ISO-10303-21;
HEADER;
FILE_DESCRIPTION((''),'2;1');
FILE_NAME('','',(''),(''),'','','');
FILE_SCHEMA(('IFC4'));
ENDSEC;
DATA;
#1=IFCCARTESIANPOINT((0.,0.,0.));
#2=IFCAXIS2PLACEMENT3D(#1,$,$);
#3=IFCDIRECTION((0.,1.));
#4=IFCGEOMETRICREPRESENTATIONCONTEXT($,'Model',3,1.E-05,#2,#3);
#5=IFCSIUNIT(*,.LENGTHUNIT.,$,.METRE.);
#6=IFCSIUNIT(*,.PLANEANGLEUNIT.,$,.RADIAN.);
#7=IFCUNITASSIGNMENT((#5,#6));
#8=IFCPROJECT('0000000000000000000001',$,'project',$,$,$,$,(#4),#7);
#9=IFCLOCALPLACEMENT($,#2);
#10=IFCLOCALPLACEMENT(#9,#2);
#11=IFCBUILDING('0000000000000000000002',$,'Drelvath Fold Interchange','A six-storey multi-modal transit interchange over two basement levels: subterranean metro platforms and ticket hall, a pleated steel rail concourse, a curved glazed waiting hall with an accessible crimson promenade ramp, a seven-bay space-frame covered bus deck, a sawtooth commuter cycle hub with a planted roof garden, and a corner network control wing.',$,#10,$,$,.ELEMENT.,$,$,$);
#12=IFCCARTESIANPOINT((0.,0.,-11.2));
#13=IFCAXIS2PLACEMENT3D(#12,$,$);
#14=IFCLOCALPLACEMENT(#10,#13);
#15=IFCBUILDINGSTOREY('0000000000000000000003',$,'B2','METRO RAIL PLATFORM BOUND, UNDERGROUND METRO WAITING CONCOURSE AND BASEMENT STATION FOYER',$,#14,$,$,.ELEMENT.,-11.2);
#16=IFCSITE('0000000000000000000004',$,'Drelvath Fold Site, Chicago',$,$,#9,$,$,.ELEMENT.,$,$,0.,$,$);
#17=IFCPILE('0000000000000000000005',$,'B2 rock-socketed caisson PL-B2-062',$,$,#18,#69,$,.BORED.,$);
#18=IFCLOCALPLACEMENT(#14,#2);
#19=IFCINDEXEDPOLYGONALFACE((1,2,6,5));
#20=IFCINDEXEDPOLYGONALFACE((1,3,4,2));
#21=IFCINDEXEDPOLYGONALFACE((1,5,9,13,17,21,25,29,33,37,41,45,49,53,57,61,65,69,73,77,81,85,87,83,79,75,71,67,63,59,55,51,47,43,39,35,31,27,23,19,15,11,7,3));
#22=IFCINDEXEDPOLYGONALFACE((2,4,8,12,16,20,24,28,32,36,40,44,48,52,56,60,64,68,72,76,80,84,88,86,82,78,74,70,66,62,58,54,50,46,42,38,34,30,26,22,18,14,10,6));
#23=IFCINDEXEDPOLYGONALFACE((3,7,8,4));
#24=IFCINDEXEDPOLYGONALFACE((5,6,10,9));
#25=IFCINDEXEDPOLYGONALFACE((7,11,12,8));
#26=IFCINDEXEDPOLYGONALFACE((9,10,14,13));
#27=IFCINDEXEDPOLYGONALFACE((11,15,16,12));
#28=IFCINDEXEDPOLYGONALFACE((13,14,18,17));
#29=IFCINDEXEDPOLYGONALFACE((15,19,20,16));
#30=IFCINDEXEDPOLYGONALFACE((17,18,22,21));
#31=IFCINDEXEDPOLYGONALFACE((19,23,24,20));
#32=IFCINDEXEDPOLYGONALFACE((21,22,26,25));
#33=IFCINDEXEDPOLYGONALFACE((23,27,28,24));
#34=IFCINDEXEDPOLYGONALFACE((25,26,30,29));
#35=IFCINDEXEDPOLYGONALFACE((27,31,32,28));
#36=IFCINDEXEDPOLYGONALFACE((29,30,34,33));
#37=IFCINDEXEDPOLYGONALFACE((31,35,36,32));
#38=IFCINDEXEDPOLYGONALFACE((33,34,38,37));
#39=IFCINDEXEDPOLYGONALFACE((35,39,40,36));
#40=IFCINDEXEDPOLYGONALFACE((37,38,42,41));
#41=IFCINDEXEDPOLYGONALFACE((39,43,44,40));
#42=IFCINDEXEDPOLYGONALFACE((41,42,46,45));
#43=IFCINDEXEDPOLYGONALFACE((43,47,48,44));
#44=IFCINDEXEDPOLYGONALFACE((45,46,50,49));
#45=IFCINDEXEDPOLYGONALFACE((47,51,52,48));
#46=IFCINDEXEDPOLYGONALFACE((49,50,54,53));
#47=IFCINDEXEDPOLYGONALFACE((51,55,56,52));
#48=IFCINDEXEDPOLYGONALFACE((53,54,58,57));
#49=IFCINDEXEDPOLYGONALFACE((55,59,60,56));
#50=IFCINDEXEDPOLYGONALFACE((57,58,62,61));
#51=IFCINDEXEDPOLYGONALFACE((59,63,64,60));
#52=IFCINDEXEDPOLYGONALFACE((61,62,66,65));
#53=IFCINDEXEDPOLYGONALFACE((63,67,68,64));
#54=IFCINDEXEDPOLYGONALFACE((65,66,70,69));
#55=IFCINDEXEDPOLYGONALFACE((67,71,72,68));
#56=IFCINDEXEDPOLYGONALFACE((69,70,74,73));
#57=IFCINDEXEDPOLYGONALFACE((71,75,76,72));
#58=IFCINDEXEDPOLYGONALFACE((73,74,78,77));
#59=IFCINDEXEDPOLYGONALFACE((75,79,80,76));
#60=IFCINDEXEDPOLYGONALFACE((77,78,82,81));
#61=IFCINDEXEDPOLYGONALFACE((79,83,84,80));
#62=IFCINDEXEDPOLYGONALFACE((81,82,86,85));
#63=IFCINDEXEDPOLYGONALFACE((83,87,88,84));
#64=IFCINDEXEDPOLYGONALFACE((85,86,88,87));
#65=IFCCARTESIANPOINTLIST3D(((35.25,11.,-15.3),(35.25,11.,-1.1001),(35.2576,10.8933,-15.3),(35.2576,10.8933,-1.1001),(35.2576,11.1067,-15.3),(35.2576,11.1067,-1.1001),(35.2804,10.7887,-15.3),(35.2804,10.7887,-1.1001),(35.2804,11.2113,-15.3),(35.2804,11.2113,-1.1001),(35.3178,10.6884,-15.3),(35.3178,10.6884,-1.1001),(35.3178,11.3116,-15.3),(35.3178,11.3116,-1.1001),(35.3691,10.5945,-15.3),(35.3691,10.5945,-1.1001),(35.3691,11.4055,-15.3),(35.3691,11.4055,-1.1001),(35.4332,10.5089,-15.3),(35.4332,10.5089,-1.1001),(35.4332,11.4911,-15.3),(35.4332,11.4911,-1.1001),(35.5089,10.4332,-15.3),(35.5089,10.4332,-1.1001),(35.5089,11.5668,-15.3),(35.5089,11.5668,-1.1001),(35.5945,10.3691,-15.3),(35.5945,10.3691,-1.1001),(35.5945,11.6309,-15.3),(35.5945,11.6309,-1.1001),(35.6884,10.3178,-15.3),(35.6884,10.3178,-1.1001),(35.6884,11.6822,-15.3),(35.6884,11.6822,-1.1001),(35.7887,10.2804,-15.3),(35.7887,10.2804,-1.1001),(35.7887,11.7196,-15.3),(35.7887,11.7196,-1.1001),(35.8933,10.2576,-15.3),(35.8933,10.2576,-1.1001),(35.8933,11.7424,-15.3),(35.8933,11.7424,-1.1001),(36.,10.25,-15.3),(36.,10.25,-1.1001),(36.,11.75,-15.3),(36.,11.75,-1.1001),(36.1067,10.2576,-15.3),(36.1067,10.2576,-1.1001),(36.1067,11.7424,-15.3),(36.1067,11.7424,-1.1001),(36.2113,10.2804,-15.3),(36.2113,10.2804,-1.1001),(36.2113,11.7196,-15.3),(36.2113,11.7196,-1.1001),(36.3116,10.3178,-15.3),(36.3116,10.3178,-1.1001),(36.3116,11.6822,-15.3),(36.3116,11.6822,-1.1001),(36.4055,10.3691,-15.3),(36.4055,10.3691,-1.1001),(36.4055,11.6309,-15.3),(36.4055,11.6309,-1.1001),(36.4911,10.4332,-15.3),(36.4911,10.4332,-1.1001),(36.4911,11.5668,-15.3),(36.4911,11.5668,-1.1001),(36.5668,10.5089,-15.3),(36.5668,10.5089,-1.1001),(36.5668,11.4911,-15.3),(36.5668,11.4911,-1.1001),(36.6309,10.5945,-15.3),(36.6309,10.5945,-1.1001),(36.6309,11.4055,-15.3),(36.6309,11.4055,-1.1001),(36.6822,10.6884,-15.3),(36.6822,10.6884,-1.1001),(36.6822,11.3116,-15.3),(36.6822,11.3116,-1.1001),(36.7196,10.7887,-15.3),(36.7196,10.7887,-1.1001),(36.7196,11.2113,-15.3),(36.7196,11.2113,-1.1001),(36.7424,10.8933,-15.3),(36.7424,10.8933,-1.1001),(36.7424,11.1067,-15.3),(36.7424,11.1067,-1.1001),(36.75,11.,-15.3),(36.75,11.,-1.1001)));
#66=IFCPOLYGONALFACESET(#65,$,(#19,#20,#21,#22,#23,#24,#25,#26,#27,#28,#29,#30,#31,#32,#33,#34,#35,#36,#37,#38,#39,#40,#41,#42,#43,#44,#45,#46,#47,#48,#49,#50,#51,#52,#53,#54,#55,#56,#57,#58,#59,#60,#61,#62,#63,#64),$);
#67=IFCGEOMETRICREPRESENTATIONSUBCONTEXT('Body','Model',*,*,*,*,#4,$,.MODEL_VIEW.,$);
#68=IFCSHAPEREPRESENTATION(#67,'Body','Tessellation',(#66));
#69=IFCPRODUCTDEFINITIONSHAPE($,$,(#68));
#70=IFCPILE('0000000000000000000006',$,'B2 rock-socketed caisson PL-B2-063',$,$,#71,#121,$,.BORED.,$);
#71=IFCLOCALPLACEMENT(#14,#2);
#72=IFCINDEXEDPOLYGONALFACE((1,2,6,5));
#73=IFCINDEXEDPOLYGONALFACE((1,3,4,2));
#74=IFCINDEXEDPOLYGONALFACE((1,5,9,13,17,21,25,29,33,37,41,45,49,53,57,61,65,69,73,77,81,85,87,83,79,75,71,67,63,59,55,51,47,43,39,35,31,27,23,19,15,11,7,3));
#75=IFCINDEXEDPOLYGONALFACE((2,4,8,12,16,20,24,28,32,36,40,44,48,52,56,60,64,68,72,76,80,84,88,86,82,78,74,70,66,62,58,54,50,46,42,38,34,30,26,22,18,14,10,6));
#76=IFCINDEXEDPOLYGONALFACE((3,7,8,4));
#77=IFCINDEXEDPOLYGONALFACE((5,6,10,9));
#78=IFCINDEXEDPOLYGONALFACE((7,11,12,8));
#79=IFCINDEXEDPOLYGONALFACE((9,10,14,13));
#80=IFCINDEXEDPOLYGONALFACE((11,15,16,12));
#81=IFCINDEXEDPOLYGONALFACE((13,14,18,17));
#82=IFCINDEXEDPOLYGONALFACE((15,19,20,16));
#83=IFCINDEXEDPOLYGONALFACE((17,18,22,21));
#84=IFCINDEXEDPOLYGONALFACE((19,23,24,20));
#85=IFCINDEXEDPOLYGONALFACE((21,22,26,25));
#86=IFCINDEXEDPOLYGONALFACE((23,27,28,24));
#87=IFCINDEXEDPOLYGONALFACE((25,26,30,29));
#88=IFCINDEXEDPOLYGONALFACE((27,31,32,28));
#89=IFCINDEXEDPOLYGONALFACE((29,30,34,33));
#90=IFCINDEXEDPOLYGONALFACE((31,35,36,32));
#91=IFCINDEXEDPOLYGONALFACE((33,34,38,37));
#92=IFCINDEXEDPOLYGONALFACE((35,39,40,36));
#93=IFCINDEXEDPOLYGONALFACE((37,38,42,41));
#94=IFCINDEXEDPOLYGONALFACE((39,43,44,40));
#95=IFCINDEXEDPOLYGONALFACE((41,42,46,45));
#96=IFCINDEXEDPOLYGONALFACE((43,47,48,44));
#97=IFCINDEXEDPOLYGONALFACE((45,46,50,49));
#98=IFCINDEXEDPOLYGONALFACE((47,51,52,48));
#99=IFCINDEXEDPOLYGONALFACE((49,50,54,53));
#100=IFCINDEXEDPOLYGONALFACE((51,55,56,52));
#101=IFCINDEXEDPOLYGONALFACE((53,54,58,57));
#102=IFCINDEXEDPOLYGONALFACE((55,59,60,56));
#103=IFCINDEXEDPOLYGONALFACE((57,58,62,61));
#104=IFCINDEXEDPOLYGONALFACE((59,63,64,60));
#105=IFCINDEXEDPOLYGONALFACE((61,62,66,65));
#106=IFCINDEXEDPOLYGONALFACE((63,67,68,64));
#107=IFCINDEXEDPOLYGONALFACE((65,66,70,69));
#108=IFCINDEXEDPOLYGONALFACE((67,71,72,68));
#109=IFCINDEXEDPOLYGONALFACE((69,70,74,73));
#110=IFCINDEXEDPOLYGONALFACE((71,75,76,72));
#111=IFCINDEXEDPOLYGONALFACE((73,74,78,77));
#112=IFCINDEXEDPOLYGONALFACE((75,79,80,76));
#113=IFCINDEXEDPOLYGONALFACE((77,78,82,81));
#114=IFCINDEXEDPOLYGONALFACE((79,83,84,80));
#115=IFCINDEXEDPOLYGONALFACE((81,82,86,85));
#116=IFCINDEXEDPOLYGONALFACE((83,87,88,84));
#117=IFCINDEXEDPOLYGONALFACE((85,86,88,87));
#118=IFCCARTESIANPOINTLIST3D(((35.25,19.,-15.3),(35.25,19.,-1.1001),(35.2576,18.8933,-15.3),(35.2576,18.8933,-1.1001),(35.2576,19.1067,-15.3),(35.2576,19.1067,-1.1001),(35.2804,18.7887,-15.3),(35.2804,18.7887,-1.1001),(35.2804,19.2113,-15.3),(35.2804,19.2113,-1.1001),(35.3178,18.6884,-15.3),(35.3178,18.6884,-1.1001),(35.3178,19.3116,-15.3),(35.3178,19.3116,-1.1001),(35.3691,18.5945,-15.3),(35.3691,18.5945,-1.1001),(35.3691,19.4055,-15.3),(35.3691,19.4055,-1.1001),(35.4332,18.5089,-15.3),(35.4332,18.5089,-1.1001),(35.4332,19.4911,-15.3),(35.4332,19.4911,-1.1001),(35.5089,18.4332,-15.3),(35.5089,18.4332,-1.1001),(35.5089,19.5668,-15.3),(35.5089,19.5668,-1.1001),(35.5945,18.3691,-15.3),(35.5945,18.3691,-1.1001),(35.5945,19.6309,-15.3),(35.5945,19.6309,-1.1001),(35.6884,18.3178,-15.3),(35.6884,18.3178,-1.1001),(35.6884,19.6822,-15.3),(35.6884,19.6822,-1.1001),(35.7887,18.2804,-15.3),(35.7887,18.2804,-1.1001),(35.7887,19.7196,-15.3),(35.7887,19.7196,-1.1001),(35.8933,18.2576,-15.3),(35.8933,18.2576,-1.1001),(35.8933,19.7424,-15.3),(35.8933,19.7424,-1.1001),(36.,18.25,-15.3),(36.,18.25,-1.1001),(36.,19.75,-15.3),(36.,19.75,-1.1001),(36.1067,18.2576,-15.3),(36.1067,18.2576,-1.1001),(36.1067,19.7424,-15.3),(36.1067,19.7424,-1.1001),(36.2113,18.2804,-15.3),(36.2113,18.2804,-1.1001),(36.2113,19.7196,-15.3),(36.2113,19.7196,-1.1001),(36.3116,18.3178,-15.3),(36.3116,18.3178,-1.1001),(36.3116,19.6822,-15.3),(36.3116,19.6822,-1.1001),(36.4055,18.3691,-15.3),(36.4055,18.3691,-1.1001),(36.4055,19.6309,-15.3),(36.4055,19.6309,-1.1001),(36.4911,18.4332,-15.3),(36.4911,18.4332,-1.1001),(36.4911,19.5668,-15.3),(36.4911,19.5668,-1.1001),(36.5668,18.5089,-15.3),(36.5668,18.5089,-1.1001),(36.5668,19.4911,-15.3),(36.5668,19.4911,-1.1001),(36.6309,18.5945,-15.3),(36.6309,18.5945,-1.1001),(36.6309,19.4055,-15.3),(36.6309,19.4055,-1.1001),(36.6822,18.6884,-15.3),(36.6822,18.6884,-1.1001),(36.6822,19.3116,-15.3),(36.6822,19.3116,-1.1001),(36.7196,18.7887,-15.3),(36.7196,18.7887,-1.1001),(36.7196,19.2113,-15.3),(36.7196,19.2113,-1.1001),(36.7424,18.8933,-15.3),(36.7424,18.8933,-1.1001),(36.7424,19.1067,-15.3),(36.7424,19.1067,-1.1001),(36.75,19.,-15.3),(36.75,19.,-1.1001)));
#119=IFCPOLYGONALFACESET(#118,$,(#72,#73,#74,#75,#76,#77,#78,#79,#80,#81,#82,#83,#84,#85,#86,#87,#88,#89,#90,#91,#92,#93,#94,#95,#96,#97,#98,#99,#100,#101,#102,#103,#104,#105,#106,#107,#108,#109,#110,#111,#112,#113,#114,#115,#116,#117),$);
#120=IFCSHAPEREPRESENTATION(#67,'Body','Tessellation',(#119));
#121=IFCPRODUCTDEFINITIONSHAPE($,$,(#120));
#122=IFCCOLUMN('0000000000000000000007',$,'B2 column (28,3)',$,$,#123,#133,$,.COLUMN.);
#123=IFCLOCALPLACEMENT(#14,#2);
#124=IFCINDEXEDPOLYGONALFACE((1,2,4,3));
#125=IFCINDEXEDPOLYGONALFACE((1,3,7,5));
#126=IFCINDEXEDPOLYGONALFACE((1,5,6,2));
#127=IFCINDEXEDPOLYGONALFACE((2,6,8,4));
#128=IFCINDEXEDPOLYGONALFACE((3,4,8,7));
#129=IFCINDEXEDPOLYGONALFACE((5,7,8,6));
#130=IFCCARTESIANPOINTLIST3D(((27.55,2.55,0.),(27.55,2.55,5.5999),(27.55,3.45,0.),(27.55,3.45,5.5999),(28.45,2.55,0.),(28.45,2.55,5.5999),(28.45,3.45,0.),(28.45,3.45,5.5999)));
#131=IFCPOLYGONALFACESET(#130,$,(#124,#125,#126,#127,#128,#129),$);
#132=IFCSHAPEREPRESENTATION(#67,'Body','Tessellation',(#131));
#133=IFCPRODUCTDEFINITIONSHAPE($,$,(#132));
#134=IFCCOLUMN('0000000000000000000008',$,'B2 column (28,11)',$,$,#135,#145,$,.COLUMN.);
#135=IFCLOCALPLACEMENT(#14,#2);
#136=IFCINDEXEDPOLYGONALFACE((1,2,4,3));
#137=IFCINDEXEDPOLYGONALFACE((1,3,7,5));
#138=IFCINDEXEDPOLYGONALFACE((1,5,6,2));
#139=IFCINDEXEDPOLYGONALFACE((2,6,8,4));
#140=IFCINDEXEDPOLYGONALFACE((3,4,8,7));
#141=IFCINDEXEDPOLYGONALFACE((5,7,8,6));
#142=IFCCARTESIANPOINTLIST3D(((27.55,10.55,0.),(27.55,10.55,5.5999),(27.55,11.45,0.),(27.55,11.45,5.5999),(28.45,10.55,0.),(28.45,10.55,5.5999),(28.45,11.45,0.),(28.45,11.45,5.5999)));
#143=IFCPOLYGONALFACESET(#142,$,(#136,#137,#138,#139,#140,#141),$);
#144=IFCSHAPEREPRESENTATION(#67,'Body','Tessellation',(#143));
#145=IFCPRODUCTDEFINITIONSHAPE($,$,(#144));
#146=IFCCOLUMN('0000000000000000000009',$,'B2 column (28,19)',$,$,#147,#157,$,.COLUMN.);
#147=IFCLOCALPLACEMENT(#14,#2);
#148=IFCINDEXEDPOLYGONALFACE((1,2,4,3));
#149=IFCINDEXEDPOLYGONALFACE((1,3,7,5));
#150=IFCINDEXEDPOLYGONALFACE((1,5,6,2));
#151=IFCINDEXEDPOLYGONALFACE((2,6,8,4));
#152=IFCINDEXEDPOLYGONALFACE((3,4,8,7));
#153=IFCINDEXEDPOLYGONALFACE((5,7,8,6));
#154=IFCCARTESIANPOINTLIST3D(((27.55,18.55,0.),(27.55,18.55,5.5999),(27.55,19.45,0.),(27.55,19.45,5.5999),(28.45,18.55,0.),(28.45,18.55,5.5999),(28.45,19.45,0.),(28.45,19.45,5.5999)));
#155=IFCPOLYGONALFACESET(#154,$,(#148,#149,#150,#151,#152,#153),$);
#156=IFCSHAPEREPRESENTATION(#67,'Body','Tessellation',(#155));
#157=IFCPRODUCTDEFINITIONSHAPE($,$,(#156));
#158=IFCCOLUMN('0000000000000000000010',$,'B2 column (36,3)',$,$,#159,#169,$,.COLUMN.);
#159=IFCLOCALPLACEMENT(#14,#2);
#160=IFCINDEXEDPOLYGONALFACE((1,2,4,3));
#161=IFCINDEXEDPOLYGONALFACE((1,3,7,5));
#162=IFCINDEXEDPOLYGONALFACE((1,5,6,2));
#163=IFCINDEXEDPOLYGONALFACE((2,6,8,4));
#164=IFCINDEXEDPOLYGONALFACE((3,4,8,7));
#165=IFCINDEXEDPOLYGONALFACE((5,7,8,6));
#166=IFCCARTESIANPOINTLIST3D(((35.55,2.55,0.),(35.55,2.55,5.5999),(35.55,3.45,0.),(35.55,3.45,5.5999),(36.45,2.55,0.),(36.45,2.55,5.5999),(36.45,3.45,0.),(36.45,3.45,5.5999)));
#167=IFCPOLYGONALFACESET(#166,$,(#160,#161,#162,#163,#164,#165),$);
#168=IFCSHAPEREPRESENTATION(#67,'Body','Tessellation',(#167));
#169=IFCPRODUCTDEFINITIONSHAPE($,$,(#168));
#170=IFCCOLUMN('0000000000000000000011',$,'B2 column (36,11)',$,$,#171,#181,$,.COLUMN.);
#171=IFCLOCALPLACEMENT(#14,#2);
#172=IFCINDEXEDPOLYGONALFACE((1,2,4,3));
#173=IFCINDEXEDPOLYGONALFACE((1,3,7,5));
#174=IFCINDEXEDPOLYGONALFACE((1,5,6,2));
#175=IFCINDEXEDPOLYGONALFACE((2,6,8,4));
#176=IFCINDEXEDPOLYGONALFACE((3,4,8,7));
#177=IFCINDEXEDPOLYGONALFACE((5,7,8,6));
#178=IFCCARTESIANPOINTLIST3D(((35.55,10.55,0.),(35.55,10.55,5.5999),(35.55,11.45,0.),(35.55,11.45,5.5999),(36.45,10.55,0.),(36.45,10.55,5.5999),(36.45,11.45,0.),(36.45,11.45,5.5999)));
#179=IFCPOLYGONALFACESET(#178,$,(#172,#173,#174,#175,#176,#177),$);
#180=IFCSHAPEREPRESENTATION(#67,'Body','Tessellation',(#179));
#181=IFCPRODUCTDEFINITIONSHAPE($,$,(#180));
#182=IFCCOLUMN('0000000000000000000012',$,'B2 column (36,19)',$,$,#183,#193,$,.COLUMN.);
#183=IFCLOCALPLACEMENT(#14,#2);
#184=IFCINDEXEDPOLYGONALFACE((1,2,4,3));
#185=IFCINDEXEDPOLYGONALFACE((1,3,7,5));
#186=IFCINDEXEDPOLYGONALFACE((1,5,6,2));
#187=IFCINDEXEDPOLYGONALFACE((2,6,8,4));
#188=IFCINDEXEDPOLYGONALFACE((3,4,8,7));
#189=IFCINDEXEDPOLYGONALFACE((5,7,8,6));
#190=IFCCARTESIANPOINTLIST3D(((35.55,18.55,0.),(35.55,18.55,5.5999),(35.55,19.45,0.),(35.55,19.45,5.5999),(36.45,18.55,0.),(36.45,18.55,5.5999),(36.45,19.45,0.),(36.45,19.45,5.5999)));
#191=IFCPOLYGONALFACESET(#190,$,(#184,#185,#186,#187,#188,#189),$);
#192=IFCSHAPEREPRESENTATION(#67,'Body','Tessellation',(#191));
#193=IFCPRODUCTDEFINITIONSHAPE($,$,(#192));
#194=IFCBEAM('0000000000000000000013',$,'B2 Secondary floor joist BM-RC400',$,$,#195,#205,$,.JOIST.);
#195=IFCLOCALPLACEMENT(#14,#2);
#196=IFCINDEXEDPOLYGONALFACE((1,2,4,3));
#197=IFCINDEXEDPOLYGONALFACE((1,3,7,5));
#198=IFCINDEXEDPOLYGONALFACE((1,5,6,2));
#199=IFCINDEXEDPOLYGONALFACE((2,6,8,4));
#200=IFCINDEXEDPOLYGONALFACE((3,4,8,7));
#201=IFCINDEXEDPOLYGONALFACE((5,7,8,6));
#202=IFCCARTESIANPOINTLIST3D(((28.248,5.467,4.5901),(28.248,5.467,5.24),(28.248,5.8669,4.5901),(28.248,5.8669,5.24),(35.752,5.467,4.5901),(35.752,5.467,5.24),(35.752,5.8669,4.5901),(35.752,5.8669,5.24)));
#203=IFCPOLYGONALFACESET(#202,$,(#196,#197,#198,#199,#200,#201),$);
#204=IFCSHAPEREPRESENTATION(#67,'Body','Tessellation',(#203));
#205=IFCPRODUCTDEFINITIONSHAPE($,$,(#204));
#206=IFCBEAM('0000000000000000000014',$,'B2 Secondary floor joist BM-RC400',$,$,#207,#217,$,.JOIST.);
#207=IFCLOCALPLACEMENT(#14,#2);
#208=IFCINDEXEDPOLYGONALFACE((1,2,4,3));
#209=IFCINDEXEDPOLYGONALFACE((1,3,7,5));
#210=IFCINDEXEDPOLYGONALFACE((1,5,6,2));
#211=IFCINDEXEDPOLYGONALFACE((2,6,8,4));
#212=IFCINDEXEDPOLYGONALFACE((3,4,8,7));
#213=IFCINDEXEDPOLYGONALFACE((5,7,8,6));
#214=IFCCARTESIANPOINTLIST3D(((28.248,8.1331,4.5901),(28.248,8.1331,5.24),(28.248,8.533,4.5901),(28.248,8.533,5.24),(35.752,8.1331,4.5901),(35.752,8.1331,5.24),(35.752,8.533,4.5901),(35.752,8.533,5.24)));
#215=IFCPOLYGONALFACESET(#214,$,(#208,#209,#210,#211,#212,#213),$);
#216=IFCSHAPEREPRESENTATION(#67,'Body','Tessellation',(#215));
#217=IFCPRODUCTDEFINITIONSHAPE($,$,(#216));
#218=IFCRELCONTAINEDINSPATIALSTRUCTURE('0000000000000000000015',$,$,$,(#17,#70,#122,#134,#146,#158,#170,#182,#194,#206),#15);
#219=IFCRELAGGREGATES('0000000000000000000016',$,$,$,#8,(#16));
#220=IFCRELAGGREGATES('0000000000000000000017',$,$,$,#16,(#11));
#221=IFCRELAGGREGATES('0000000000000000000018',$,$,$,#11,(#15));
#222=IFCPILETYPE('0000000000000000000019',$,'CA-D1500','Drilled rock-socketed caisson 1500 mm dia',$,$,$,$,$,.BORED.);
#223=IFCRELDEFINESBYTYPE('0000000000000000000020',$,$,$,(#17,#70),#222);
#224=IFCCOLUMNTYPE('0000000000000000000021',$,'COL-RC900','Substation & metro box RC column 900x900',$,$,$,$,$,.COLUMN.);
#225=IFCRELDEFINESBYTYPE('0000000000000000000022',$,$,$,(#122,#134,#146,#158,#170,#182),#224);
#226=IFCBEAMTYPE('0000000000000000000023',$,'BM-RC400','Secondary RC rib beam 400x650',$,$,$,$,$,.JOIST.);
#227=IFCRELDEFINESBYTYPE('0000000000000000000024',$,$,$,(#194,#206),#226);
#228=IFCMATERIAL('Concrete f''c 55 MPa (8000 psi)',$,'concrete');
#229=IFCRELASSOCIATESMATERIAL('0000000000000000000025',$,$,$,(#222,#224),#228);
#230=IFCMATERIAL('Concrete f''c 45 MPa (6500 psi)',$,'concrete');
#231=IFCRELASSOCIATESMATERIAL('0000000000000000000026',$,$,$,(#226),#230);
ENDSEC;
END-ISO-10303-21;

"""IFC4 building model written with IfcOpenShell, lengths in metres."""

from ifc_helpers import new_model, si_unit, direction, frame, origin, origin_2d, place, context, subcontext, project, spatial, rectangle, circle, extrude, material, material_profile, profile_set, type_object, element, save


model = new_model("IFC4")

# Units and contexts
model_context = context("Model", 3, precision=1e-05, world=origin(), true_north=direction((0.0, 1.0)))
body_context = subcontext(model_context, "Body", "Model", "MODEL_VIEW")
ifc_project = project(units=[si_unit("LENGTHUNIT", "METRE"), si_unit("PLANEANGLEUNIT", "RADIAN")], contexts=[model_context])

# Site, building, storey
site_placement = place(None, origin())
site = spatial("IfcSite", under=ifc_project, at=site_placement, Name="Drelvath Fold Site, Chicago", CompositionType="ELEMENT", RefElevation=0.0)
building_placement = place(site_placement, origin())
building = spatial("IfcBuilding", under=site, at=building_placement, Name="Drelvath Fold Interchange", Description="A six-storey multi-modal transit interchange over two basement levels: subterranean metro platforms and ticket hall, a pleated steel rail concourse, a curved glazed waiting hall with an accessible crimson promenade ramp, a seven-bay space-frame covered bus deck, a sawtooth commuter cycle hub with a planted roof garden, and a corner network control wing.", CompositionType="ELEMENT")
storey_placement = place(building_placement, frame((0.0, 0.0, -11.2)))
storey = spatial("IfcBuildingStorey", under=building, at=storey_placement, Name="B2", Description="METRO RAIL PLATFORM BOUND, UNDERGROUND METRO WAITING CONCOURSE AND BASEMENT STATION FOYER", CompositionType="ELEMENT", Elevation=-11.2)

# Piles
ifc_material_1 = material(Name="Concrete f'c 55 MPa (8000 psi)", Category="concrete")
ifc_material_profile_1 = material_profile(ifc_material_1, circle(Radius=0.75, at=origin_2d()), Name="CAISSON D1500")
ifc_profile_set_1 = profile_set([ifc_material_profile_1], Name="Concrete f'c 55 MPa (8000 psi)")
pile_type_1 = type_object("IfcPileType", Name="CA-D1500", Description="Drilled rock-socketed caisson 1500 mm dia", PredefinedType="BORED", material=ifc_profile_set_1)
for number, where, z_axis, x_axis, name in (
    (1, (36.0, 11.0, -1.1001), (0.0, 0.0, -1.0), (1.0, 0.0, 0.0), "B2 rock-socketed caisson PL-B2-062"),
    (2, (36.0, 19.0, -1.1001), (0.0, 0.0, -1.0), (1.0, 0.0, 0.0), "B2 rock-socketed caisson PL-B2-063"),
):
    element("IfcPile", number, at=place(storey_placement, frame(where, z_axis=z_axis, x_axis=x_axis)), inside=storey, type_object=pile_type_1, Name=name, PredefinedType="BORED", context=body_context, shape_type="SweptSolid", body=[
        extrude(circle(Radius=0.75, at=origin_2d()), origin(), (0.0, 0.0, 1.0), 14.2),
    ])

# Columns
ifc_material_profile_2 = material_profile(ifc_material_1, rectangle(XDim=0.8999, YDim=0.8999, at=origin_2d()), Name="RC 900x900")
ifc_profile_set_2 = profile_set([ifc_material_profile_2], Name="Concrete f'c 55 MPa (8000 psi)")
column_type = type_object("IfcColumnType", Name="COL-RC900", Description="Substation & metro box RC column 900x900", PredefinedType="COLUMN", material=ifc_profile_set_2)
for number, where, z_axis, x_axis, name in (
    (3, (28.0, 3.0, 0.0), (0.0, 0.0, 1.0), (1.0, 0.0, 0.0), "B2 column (28,3)"),
    (4, (28.0, 11.0, 0.0), (0.0, 0.0, 1.0), (1.0, 0.0, 0.0), "B2 column (28,11)"),
    (5, (28.0, 19.0, 0.0), (0.0, 0.0, 1.0), (1.0, 0.0, 0.0), "B2 column (28,19)"),
    (6, (36.0, 3.0, 0.0), (0.0, 0.0, 1.0), (1.0, 0.0, 0.0), "B2 column (36,3)"),
    (7, (36.0, 11.0, 0.0), (0.0, 0.0, 1.0), (1.0, 0.0, 0.0), "B2 column (36,11)"),
    (8, (36.0, 19.0, 0.0), (0.0, 0.0, 1.0), (1.0, 0.0, 0.0), "B2 column (36,19)"),
):
    element("IfcColumn", number, at=place(storey_placement, frame(where, z_axis=z_axis, x_axis=x_axis)), inside=storey, type_object=column_type, Name=name, PredefinedType="COLUMN", context=body_context, shape_type="SweptSolid", body=[
        extrude(rectangle(XDim=0.8999, YDim=0.8999, at=origin_2d()), origin(), (0.0, 0.0, 1.0), 5.5999),
    ])

# Beams
ifc_material_2 = material(Name="Concrete f'c 45 MPa (6500 psi)", Category="concrete")
ifc_material_profile_3 = material_profile(ifc_material_2, rectangle(XDim=0.3999, YDim=0.6499, at=origin_2d()), Name="RC 400x650")
ifc_profile_set_3 = profile_set([ifc_material_profile_3], Name="Concrete f'c 45 MPa (6500 psi)")
beam_type_1 = type_object("IfcBeamType", Name="BM-RC400", Description="Secondary RC rib beam 400x650", PredefinedType="JOIST", material=ifc_profile_set_3)
for number, where, z_axis, x_axis, name in (
    (9, (28.248, 5.667, 4.915), (1.0, 0.0, 0.0), (0.0, 1.0, 0.0), "B2 Secondary floor joist BM-RC400"),
    (10, (28.248, 8.333, 4.915), (1.0, 0.0, 0.0), (0.0, 1.0, 0.0), "B2 Secondary floor joist BM-RC400"),
):
    element("IfcBeam", number, at=place(storey_placement, frame(where, z_axis=z_axis, x_axis=x_axis)), inside=storey, type_object=beam_type_1, Name=name, PredefinedType="JOIST", context=body_context, shape_type="SweptSolid", body=[
        extrude(rectangle(XDim=0.3999, YDim=0.6499, at=origin_2d()), origin(), (0.0, 0.0, 1.0), 7.5039),
    ])

save(model, "model.ifc")
